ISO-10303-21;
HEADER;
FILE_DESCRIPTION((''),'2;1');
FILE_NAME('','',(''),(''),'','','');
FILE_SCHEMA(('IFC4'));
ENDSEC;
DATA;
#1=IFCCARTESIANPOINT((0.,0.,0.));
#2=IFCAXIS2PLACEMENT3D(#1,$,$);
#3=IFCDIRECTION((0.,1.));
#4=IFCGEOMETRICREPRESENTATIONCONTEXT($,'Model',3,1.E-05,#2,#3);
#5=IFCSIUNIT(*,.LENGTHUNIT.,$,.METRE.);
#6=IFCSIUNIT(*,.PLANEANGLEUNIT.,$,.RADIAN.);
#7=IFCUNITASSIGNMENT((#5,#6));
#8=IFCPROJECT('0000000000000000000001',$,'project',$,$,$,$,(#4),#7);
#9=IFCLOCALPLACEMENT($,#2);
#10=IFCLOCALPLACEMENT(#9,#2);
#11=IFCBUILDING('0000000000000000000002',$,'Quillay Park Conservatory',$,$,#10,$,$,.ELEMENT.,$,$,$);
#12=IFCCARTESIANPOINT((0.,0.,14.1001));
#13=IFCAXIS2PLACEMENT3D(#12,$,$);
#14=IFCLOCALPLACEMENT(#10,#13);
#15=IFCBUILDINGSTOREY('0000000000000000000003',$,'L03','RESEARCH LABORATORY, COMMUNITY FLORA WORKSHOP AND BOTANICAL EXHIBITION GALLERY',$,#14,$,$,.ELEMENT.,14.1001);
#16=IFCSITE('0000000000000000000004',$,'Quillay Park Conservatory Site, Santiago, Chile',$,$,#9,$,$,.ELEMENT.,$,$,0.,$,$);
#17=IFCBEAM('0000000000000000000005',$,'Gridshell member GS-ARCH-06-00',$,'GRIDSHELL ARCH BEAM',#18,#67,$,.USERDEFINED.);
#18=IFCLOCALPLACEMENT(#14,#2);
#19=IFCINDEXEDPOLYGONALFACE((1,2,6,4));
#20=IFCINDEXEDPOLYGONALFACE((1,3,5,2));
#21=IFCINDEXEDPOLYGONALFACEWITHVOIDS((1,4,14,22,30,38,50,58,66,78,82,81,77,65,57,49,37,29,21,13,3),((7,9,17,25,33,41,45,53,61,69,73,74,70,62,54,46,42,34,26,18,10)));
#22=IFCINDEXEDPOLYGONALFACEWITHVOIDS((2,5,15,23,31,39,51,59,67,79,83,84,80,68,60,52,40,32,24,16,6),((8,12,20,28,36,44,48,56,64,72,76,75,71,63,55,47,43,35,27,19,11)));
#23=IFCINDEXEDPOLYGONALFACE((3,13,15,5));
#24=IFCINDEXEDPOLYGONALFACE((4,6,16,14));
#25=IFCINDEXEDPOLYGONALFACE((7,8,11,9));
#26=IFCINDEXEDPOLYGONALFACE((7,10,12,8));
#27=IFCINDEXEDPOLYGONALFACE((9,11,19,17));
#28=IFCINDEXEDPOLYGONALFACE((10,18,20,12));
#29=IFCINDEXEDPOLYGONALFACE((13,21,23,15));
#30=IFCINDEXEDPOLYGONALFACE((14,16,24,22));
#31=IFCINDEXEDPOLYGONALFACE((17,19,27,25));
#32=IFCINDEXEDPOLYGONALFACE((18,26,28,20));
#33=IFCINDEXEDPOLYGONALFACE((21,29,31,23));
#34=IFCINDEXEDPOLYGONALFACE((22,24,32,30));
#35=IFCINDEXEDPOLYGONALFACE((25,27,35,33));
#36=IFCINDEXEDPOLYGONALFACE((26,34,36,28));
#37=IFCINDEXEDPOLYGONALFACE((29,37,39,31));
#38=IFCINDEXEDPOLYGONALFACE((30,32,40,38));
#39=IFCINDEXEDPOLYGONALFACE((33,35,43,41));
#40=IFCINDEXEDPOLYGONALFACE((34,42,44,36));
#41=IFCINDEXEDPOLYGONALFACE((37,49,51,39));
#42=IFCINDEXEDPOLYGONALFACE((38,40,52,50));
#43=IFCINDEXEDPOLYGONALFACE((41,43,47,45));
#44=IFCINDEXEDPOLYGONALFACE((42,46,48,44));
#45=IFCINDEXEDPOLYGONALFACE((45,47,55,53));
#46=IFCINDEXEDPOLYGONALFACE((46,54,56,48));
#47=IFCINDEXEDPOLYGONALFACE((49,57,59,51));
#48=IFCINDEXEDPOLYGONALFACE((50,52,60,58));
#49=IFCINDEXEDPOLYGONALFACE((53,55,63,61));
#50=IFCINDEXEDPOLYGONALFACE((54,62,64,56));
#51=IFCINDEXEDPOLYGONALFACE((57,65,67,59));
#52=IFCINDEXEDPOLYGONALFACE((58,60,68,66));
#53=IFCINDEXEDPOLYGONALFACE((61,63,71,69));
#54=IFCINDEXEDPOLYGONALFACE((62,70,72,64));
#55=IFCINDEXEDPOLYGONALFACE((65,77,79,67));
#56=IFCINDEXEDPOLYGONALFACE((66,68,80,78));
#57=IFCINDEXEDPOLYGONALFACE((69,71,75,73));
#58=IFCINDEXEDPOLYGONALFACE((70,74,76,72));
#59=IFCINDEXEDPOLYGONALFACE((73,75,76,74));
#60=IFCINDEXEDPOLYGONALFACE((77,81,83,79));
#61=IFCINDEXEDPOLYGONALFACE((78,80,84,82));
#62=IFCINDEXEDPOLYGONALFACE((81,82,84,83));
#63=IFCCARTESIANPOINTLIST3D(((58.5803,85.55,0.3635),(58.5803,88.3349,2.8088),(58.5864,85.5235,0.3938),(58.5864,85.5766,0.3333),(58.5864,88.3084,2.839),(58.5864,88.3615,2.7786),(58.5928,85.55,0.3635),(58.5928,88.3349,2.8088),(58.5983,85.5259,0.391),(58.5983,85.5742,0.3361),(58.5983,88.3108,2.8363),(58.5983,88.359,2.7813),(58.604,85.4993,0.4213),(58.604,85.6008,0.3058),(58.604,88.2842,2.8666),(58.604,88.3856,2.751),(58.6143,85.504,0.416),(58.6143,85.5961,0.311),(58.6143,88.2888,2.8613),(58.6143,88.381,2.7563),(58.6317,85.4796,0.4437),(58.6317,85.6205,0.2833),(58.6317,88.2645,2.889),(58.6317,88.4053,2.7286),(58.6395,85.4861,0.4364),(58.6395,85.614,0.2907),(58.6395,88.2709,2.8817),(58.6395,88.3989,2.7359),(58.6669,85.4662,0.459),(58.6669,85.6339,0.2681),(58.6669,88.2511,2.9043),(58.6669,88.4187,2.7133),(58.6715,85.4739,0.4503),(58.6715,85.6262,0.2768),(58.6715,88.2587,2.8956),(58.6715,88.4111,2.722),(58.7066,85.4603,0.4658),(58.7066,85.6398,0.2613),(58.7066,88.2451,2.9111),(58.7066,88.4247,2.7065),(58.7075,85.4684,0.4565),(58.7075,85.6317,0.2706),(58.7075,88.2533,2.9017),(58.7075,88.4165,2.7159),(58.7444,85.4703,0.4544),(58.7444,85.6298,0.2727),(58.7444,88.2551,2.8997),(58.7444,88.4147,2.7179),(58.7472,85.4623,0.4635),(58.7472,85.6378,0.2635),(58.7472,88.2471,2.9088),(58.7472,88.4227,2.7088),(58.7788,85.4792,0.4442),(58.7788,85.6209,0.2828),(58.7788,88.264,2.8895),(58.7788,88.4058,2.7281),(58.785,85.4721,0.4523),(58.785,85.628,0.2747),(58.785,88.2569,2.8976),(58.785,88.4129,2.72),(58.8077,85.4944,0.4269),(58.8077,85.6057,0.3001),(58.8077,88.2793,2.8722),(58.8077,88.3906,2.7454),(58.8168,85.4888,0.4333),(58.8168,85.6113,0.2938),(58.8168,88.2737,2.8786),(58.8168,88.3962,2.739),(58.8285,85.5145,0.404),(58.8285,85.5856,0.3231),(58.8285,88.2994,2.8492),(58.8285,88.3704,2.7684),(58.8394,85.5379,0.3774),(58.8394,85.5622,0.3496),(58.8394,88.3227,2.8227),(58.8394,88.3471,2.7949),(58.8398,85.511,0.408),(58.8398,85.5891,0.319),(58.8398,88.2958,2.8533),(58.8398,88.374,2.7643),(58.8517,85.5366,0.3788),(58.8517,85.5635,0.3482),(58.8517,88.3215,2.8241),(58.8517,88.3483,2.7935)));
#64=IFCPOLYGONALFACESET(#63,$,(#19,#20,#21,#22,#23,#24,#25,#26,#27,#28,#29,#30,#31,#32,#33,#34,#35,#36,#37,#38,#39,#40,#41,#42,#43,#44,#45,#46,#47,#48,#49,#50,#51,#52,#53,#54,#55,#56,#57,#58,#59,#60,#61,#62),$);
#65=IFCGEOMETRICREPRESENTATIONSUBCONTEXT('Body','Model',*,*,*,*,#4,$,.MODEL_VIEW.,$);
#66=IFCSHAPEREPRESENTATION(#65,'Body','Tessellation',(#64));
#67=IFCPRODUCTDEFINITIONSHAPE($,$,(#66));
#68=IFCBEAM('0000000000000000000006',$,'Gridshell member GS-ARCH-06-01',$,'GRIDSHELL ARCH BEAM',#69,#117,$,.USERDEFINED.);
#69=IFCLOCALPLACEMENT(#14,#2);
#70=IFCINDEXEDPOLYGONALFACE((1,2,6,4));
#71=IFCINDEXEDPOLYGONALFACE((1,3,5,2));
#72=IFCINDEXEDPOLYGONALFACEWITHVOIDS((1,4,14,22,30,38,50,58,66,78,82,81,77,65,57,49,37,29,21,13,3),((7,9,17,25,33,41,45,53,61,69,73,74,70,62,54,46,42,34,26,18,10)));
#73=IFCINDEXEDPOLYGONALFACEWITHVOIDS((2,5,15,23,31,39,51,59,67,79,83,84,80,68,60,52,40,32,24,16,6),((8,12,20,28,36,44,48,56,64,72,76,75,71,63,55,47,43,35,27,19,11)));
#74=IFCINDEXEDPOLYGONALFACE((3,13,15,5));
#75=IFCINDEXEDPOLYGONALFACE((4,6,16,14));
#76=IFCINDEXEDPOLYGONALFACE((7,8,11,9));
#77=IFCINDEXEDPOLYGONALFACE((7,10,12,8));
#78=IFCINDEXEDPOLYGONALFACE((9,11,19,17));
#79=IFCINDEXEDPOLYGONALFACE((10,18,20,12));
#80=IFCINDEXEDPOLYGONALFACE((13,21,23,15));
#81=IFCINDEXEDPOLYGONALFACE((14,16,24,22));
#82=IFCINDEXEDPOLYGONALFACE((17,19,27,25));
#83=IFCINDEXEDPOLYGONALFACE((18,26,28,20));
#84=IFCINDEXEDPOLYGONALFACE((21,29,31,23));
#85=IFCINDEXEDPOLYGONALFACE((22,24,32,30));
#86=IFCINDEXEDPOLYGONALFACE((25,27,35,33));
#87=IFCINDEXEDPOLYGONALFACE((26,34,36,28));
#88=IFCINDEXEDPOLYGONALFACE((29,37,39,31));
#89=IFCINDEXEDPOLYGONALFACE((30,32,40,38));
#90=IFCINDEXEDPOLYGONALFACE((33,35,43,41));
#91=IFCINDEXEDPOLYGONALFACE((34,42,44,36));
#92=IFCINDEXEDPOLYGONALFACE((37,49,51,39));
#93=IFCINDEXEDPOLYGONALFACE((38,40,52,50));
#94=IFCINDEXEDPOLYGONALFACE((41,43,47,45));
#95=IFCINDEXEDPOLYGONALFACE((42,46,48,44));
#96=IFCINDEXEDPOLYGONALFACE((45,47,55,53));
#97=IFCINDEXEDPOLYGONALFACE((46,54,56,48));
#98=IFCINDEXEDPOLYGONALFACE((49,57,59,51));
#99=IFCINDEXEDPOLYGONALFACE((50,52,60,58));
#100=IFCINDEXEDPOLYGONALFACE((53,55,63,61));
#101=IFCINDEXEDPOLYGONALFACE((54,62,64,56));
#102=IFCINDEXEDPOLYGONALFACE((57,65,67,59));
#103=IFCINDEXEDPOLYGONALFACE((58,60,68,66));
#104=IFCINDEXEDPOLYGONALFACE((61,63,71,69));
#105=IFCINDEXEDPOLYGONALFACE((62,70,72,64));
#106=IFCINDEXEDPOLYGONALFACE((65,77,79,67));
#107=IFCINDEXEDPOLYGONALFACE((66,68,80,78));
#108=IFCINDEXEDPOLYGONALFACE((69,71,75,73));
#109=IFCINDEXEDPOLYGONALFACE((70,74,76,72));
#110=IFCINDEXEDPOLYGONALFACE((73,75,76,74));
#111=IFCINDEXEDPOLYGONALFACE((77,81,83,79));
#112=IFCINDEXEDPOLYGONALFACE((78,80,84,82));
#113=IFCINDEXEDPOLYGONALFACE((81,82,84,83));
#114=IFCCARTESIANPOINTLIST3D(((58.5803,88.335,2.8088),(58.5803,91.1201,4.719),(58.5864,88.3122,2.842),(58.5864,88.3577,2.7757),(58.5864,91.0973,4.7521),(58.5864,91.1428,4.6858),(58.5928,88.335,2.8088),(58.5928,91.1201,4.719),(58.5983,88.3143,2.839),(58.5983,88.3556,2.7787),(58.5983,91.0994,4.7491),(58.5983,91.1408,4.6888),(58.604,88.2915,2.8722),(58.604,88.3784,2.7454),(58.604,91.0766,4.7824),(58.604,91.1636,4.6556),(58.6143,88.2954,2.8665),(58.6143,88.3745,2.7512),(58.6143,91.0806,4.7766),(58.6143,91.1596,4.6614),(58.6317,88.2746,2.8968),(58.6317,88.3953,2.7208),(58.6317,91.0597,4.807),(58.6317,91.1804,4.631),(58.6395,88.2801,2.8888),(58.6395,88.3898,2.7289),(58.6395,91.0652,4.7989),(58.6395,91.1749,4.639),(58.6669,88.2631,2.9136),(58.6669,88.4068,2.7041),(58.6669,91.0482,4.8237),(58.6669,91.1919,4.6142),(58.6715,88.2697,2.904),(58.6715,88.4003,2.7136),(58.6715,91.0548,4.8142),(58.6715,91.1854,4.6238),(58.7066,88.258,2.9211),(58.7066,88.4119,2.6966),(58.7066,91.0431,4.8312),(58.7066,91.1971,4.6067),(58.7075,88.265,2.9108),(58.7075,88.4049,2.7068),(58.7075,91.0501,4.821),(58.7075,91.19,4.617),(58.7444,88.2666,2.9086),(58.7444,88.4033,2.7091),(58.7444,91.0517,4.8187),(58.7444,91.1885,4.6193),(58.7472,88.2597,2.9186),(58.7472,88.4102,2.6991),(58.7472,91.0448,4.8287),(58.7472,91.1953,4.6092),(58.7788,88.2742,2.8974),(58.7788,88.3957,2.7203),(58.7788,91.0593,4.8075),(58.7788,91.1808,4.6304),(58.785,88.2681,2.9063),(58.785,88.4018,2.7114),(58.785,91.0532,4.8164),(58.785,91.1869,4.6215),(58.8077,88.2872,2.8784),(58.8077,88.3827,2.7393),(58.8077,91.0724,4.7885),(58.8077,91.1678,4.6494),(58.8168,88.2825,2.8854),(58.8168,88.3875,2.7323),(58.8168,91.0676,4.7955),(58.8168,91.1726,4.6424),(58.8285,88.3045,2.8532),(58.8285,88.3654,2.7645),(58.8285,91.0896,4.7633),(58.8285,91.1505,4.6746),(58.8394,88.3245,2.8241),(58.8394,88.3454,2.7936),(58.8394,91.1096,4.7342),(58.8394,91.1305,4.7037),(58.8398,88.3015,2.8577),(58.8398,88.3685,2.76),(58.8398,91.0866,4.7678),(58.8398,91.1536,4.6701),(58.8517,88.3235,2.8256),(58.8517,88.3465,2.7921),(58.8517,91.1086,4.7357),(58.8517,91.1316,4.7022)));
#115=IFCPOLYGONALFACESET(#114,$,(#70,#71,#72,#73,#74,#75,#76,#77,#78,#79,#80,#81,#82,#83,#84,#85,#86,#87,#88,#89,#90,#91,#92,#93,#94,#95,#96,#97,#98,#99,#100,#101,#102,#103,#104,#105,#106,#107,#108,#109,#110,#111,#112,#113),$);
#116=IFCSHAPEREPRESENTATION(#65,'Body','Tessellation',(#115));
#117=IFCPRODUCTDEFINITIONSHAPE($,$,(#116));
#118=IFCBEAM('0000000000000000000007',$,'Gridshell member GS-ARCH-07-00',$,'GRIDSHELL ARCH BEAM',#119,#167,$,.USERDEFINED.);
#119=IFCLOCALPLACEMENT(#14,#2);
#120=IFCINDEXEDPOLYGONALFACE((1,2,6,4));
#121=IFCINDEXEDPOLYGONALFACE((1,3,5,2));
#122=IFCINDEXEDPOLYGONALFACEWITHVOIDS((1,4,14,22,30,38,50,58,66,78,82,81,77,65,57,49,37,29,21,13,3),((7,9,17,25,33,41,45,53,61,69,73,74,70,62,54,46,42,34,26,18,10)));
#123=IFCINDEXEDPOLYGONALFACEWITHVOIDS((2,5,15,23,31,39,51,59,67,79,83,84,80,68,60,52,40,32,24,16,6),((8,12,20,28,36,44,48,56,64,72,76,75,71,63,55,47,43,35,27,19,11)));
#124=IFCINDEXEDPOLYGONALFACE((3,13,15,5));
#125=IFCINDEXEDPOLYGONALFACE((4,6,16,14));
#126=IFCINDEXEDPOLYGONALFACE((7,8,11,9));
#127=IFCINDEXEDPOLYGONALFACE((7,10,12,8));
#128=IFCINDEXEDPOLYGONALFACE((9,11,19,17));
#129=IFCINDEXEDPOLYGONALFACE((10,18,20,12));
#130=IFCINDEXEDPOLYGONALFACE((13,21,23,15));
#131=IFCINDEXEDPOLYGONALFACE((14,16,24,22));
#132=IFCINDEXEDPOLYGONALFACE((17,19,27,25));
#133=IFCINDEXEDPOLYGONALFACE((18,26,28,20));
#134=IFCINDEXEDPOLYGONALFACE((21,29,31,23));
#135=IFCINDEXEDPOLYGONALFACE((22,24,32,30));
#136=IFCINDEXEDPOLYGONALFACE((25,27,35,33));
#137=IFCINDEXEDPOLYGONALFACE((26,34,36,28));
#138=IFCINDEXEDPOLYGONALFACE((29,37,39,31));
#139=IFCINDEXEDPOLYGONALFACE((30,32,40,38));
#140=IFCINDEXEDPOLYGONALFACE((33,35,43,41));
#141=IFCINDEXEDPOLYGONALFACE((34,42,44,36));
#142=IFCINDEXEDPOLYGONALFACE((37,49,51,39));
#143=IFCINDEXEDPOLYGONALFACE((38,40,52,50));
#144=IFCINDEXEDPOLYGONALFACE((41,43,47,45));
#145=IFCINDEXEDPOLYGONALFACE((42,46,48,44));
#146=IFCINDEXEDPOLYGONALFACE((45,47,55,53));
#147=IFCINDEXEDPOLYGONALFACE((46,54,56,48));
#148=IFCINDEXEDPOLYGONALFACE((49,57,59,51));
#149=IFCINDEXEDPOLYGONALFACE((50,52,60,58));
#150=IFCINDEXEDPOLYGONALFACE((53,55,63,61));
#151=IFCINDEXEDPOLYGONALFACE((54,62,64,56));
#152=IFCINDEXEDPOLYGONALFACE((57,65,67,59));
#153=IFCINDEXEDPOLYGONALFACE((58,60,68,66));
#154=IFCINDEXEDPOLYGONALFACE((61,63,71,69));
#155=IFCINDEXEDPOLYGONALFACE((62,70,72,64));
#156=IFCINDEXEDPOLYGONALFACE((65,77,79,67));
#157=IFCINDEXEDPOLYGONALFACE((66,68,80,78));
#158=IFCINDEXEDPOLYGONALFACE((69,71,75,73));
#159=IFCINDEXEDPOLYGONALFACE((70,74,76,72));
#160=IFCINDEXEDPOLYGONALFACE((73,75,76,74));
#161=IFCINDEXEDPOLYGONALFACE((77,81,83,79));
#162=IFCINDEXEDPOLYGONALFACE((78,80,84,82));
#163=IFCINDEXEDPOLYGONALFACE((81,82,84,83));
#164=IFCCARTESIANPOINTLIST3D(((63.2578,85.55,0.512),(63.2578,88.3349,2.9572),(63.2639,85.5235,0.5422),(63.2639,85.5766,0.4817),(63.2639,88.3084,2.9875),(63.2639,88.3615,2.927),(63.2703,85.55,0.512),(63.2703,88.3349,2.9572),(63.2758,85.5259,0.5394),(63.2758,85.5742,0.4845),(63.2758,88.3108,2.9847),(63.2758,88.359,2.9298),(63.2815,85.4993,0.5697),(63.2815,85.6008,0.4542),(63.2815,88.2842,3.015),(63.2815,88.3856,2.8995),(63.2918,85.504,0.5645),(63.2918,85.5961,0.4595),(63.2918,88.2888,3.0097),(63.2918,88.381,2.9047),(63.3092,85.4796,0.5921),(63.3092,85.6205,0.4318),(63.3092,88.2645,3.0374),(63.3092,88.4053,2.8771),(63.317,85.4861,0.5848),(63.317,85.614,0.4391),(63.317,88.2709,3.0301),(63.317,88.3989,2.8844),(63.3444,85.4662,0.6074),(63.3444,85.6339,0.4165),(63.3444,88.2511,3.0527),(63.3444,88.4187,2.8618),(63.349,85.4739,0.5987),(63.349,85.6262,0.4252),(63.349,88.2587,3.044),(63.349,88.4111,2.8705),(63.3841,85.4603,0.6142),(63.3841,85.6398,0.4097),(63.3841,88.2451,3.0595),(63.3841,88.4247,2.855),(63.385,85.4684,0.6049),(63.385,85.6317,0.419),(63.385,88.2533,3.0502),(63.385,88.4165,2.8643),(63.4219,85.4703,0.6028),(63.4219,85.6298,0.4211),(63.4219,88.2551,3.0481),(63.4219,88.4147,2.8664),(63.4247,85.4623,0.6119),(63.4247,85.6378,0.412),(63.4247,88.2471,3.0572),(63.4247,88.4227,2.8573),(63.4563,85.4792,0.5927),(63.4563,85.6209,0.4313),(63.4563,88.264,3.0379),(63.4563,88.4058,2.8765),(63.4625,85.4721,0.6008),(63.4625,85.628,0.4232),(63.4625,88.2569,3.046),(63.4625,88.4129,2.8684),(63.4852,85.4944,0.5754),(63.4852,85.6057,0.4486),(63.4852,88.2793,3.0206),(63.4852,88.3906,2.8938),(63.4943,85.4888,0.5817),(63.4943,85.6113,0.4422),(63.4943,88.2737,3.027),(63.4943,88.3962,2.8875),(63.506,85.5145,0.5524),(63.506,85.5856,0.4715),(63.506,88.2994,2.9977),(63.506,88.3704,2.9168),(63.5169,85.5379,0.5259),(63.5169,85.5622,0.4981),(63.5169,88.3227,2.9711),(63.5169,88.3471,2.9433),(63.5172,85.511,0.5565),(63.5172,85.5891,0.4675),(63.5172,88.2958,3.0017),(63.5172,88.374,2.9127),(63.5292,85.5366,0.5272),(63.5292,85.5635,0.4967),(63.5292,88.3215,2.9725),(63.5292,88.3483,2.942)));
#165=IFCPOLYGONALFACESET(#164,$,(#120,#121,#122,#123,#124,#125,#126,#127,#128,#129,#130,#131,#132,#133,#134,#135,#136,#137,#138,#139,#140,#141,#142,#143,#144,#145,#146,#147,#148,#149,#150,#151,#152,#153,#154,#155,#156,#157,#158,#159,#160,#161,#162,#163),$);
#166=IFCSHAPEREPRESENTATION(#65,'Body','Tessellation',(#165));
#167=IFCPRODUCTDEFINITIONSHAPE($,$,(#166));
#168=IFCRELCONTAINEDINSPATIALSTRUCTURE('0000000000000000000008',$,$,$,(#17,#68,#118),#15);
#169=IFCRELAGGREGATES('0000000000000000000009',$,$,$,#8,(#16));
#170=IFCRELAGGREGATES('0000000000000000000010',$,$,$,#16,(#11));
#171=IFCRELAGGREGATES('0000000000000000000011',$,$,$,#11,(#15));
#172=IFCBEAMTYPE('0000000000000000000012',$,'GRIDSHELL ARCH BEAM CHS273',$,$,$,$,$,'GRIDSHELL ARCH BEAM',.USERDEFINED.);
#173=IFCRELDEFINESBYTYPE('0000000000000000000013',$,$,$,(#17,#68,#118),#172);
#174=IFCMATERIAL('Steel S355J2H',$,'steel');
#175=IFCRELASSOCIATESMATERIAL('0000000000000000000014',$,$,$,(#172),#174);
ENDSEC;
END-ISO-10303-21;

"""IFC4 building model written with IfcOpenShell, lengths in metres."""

from ifc_helpers import new_model, si_unit, direction, frame, origin, origin_2d, place, context, subcontext, project, spatial, hollow_circle, extrude, material, material_profile, profile_set, type_object, element, save


model = new_model("IFC4")

# Units and contexts
model_context = context("Model", 3, precision=1e-05, world=origin(), true_north=direction((0.0, 1.0)))
body_context = subcontext(model_context, "Body", "Model", "MODEL_VIEW")
ifc_project = project(units=[si_unit("LENGTHUNIT", "METRE"), si_unit("PLANEANGLEUNIT", "RADIAN")], contexts=[model_context])

# Site, building, storey
site_placement = place(None, origin())
site = spatial("IfcSite", under=ifc_project, at=site_placement, Name="Quillay Park Conservatory Site, Santiago, Chile", CompositionType="ELEMENT", RefElevation=0.0)
building_placement = place(site_placement, origin())
building = spatial("IfcBuilding", under=site, at=building_placement, Name="Quillay Park Conservatory", CompositionType="ELEMENT")
storey_placement = place(building_placement, frame((0.0, 0.0, 14.1001)))
storey = spatial("IfcBuildingStorey", under=building, at=storey_placement, Name="L03", Description="RESEARCH LABORATORY, COMMUNITY FLORA WORKSHOP AND BOTANICAL EXHIBITION GALLERY", CompositionType="ELEMENT", Elevation=14.1001)

# Beams
ifc_material_1 = material(Name="Steel S355J2H", Category="steel")
ifc_material_profile_1 = material_profile(ifc_material_1, hollow_circle(Radius=0.1365, WallThickness=0.0125, at=origin_2d()), Name="CHS273x12.5")
ifc_profile_set_1 = profile_set([ifc_material_profile_1], Name="Steel S355J2H")
beam_type = type_object("IfcBeamType", Name="GRIDSHELL ARCH BEAM CHS273", ElementType="GRIDSHELL ARCH BEAM", PredefinedType="USERDEFINED", material=ifc_profile_set_1)
beam_1_placement = place(storey_placement, frame((58.7168, 85.55, 0.3635), z_axis=(0.0, 0.751437, 0.659805), x_axis=(-1.0, 0.0, 0.0)))
element("IfcBeam", 1, at=beam_1_placement, inside=storey, type_object=beam_type, Name="Gridshell member GS-ARCH-06-00", ObjectType="GRIDSHELL ARCH BEAM", PredefinedType="USERDEFINED", context=body_context, shape_type="SweptSolid", body=[
    extrude(hollow_circle(Radius=0.1365, WallThickness=0.0125, at=origin_2d()), origin(), (0.0, 0.0, 1.0), 3.7061),
])
beam_2_placement = place(storey_placement, frame((58.7168, 88.335, 2.8088), z_axis=(0.0, 0.824683, 0.565596), x_axis=(-1.0, 0.0, 0.0)))
element("IfcBeam", 2, at=beam_2_placement, inside=storey, type_object=beam_type, Name="Gridshell member GS-ARCH-06-01", ObjectType="GRIDSHELL ARCH BEAM", PredefinedType="USERDEFINED", context=body_context, shape_type="SweptSolid", body=[
    extrude(hollow_circle(Radius=0.1365, WallThickness=0.0125, at=origin_2d()), origin(), (0.0, 0.0, 1.0), 3.3772),
])
for number, where, z_axis, x_axis, name in (
    (3, (63.3943, 85.55, 0.512), (0.0, 0.751437, 0.659805), (-1.0, 0.0, 0.0), "Gridshell member GS-ARCH-07-00"),
):
    element("IfcBeam", number, at=place(storey_placement, frame(where, z_axis=z_axis, x_axis=x_axis)), inside=storey, type_object=beam_type, Name=name, ObjectType="GRIDSHELL ARCH BEAM", PredefinedType="USERDEFINED", context=body_context, shape_type="SweptSolid", body=[
        extrude(hollow_circle(Radius=0.1365, WallThickness=0.0125, at=origin_2d()), origin(), (0.0, 0.0, 1.0), 3.7061),
    ])

save(model, "model.ifc")
